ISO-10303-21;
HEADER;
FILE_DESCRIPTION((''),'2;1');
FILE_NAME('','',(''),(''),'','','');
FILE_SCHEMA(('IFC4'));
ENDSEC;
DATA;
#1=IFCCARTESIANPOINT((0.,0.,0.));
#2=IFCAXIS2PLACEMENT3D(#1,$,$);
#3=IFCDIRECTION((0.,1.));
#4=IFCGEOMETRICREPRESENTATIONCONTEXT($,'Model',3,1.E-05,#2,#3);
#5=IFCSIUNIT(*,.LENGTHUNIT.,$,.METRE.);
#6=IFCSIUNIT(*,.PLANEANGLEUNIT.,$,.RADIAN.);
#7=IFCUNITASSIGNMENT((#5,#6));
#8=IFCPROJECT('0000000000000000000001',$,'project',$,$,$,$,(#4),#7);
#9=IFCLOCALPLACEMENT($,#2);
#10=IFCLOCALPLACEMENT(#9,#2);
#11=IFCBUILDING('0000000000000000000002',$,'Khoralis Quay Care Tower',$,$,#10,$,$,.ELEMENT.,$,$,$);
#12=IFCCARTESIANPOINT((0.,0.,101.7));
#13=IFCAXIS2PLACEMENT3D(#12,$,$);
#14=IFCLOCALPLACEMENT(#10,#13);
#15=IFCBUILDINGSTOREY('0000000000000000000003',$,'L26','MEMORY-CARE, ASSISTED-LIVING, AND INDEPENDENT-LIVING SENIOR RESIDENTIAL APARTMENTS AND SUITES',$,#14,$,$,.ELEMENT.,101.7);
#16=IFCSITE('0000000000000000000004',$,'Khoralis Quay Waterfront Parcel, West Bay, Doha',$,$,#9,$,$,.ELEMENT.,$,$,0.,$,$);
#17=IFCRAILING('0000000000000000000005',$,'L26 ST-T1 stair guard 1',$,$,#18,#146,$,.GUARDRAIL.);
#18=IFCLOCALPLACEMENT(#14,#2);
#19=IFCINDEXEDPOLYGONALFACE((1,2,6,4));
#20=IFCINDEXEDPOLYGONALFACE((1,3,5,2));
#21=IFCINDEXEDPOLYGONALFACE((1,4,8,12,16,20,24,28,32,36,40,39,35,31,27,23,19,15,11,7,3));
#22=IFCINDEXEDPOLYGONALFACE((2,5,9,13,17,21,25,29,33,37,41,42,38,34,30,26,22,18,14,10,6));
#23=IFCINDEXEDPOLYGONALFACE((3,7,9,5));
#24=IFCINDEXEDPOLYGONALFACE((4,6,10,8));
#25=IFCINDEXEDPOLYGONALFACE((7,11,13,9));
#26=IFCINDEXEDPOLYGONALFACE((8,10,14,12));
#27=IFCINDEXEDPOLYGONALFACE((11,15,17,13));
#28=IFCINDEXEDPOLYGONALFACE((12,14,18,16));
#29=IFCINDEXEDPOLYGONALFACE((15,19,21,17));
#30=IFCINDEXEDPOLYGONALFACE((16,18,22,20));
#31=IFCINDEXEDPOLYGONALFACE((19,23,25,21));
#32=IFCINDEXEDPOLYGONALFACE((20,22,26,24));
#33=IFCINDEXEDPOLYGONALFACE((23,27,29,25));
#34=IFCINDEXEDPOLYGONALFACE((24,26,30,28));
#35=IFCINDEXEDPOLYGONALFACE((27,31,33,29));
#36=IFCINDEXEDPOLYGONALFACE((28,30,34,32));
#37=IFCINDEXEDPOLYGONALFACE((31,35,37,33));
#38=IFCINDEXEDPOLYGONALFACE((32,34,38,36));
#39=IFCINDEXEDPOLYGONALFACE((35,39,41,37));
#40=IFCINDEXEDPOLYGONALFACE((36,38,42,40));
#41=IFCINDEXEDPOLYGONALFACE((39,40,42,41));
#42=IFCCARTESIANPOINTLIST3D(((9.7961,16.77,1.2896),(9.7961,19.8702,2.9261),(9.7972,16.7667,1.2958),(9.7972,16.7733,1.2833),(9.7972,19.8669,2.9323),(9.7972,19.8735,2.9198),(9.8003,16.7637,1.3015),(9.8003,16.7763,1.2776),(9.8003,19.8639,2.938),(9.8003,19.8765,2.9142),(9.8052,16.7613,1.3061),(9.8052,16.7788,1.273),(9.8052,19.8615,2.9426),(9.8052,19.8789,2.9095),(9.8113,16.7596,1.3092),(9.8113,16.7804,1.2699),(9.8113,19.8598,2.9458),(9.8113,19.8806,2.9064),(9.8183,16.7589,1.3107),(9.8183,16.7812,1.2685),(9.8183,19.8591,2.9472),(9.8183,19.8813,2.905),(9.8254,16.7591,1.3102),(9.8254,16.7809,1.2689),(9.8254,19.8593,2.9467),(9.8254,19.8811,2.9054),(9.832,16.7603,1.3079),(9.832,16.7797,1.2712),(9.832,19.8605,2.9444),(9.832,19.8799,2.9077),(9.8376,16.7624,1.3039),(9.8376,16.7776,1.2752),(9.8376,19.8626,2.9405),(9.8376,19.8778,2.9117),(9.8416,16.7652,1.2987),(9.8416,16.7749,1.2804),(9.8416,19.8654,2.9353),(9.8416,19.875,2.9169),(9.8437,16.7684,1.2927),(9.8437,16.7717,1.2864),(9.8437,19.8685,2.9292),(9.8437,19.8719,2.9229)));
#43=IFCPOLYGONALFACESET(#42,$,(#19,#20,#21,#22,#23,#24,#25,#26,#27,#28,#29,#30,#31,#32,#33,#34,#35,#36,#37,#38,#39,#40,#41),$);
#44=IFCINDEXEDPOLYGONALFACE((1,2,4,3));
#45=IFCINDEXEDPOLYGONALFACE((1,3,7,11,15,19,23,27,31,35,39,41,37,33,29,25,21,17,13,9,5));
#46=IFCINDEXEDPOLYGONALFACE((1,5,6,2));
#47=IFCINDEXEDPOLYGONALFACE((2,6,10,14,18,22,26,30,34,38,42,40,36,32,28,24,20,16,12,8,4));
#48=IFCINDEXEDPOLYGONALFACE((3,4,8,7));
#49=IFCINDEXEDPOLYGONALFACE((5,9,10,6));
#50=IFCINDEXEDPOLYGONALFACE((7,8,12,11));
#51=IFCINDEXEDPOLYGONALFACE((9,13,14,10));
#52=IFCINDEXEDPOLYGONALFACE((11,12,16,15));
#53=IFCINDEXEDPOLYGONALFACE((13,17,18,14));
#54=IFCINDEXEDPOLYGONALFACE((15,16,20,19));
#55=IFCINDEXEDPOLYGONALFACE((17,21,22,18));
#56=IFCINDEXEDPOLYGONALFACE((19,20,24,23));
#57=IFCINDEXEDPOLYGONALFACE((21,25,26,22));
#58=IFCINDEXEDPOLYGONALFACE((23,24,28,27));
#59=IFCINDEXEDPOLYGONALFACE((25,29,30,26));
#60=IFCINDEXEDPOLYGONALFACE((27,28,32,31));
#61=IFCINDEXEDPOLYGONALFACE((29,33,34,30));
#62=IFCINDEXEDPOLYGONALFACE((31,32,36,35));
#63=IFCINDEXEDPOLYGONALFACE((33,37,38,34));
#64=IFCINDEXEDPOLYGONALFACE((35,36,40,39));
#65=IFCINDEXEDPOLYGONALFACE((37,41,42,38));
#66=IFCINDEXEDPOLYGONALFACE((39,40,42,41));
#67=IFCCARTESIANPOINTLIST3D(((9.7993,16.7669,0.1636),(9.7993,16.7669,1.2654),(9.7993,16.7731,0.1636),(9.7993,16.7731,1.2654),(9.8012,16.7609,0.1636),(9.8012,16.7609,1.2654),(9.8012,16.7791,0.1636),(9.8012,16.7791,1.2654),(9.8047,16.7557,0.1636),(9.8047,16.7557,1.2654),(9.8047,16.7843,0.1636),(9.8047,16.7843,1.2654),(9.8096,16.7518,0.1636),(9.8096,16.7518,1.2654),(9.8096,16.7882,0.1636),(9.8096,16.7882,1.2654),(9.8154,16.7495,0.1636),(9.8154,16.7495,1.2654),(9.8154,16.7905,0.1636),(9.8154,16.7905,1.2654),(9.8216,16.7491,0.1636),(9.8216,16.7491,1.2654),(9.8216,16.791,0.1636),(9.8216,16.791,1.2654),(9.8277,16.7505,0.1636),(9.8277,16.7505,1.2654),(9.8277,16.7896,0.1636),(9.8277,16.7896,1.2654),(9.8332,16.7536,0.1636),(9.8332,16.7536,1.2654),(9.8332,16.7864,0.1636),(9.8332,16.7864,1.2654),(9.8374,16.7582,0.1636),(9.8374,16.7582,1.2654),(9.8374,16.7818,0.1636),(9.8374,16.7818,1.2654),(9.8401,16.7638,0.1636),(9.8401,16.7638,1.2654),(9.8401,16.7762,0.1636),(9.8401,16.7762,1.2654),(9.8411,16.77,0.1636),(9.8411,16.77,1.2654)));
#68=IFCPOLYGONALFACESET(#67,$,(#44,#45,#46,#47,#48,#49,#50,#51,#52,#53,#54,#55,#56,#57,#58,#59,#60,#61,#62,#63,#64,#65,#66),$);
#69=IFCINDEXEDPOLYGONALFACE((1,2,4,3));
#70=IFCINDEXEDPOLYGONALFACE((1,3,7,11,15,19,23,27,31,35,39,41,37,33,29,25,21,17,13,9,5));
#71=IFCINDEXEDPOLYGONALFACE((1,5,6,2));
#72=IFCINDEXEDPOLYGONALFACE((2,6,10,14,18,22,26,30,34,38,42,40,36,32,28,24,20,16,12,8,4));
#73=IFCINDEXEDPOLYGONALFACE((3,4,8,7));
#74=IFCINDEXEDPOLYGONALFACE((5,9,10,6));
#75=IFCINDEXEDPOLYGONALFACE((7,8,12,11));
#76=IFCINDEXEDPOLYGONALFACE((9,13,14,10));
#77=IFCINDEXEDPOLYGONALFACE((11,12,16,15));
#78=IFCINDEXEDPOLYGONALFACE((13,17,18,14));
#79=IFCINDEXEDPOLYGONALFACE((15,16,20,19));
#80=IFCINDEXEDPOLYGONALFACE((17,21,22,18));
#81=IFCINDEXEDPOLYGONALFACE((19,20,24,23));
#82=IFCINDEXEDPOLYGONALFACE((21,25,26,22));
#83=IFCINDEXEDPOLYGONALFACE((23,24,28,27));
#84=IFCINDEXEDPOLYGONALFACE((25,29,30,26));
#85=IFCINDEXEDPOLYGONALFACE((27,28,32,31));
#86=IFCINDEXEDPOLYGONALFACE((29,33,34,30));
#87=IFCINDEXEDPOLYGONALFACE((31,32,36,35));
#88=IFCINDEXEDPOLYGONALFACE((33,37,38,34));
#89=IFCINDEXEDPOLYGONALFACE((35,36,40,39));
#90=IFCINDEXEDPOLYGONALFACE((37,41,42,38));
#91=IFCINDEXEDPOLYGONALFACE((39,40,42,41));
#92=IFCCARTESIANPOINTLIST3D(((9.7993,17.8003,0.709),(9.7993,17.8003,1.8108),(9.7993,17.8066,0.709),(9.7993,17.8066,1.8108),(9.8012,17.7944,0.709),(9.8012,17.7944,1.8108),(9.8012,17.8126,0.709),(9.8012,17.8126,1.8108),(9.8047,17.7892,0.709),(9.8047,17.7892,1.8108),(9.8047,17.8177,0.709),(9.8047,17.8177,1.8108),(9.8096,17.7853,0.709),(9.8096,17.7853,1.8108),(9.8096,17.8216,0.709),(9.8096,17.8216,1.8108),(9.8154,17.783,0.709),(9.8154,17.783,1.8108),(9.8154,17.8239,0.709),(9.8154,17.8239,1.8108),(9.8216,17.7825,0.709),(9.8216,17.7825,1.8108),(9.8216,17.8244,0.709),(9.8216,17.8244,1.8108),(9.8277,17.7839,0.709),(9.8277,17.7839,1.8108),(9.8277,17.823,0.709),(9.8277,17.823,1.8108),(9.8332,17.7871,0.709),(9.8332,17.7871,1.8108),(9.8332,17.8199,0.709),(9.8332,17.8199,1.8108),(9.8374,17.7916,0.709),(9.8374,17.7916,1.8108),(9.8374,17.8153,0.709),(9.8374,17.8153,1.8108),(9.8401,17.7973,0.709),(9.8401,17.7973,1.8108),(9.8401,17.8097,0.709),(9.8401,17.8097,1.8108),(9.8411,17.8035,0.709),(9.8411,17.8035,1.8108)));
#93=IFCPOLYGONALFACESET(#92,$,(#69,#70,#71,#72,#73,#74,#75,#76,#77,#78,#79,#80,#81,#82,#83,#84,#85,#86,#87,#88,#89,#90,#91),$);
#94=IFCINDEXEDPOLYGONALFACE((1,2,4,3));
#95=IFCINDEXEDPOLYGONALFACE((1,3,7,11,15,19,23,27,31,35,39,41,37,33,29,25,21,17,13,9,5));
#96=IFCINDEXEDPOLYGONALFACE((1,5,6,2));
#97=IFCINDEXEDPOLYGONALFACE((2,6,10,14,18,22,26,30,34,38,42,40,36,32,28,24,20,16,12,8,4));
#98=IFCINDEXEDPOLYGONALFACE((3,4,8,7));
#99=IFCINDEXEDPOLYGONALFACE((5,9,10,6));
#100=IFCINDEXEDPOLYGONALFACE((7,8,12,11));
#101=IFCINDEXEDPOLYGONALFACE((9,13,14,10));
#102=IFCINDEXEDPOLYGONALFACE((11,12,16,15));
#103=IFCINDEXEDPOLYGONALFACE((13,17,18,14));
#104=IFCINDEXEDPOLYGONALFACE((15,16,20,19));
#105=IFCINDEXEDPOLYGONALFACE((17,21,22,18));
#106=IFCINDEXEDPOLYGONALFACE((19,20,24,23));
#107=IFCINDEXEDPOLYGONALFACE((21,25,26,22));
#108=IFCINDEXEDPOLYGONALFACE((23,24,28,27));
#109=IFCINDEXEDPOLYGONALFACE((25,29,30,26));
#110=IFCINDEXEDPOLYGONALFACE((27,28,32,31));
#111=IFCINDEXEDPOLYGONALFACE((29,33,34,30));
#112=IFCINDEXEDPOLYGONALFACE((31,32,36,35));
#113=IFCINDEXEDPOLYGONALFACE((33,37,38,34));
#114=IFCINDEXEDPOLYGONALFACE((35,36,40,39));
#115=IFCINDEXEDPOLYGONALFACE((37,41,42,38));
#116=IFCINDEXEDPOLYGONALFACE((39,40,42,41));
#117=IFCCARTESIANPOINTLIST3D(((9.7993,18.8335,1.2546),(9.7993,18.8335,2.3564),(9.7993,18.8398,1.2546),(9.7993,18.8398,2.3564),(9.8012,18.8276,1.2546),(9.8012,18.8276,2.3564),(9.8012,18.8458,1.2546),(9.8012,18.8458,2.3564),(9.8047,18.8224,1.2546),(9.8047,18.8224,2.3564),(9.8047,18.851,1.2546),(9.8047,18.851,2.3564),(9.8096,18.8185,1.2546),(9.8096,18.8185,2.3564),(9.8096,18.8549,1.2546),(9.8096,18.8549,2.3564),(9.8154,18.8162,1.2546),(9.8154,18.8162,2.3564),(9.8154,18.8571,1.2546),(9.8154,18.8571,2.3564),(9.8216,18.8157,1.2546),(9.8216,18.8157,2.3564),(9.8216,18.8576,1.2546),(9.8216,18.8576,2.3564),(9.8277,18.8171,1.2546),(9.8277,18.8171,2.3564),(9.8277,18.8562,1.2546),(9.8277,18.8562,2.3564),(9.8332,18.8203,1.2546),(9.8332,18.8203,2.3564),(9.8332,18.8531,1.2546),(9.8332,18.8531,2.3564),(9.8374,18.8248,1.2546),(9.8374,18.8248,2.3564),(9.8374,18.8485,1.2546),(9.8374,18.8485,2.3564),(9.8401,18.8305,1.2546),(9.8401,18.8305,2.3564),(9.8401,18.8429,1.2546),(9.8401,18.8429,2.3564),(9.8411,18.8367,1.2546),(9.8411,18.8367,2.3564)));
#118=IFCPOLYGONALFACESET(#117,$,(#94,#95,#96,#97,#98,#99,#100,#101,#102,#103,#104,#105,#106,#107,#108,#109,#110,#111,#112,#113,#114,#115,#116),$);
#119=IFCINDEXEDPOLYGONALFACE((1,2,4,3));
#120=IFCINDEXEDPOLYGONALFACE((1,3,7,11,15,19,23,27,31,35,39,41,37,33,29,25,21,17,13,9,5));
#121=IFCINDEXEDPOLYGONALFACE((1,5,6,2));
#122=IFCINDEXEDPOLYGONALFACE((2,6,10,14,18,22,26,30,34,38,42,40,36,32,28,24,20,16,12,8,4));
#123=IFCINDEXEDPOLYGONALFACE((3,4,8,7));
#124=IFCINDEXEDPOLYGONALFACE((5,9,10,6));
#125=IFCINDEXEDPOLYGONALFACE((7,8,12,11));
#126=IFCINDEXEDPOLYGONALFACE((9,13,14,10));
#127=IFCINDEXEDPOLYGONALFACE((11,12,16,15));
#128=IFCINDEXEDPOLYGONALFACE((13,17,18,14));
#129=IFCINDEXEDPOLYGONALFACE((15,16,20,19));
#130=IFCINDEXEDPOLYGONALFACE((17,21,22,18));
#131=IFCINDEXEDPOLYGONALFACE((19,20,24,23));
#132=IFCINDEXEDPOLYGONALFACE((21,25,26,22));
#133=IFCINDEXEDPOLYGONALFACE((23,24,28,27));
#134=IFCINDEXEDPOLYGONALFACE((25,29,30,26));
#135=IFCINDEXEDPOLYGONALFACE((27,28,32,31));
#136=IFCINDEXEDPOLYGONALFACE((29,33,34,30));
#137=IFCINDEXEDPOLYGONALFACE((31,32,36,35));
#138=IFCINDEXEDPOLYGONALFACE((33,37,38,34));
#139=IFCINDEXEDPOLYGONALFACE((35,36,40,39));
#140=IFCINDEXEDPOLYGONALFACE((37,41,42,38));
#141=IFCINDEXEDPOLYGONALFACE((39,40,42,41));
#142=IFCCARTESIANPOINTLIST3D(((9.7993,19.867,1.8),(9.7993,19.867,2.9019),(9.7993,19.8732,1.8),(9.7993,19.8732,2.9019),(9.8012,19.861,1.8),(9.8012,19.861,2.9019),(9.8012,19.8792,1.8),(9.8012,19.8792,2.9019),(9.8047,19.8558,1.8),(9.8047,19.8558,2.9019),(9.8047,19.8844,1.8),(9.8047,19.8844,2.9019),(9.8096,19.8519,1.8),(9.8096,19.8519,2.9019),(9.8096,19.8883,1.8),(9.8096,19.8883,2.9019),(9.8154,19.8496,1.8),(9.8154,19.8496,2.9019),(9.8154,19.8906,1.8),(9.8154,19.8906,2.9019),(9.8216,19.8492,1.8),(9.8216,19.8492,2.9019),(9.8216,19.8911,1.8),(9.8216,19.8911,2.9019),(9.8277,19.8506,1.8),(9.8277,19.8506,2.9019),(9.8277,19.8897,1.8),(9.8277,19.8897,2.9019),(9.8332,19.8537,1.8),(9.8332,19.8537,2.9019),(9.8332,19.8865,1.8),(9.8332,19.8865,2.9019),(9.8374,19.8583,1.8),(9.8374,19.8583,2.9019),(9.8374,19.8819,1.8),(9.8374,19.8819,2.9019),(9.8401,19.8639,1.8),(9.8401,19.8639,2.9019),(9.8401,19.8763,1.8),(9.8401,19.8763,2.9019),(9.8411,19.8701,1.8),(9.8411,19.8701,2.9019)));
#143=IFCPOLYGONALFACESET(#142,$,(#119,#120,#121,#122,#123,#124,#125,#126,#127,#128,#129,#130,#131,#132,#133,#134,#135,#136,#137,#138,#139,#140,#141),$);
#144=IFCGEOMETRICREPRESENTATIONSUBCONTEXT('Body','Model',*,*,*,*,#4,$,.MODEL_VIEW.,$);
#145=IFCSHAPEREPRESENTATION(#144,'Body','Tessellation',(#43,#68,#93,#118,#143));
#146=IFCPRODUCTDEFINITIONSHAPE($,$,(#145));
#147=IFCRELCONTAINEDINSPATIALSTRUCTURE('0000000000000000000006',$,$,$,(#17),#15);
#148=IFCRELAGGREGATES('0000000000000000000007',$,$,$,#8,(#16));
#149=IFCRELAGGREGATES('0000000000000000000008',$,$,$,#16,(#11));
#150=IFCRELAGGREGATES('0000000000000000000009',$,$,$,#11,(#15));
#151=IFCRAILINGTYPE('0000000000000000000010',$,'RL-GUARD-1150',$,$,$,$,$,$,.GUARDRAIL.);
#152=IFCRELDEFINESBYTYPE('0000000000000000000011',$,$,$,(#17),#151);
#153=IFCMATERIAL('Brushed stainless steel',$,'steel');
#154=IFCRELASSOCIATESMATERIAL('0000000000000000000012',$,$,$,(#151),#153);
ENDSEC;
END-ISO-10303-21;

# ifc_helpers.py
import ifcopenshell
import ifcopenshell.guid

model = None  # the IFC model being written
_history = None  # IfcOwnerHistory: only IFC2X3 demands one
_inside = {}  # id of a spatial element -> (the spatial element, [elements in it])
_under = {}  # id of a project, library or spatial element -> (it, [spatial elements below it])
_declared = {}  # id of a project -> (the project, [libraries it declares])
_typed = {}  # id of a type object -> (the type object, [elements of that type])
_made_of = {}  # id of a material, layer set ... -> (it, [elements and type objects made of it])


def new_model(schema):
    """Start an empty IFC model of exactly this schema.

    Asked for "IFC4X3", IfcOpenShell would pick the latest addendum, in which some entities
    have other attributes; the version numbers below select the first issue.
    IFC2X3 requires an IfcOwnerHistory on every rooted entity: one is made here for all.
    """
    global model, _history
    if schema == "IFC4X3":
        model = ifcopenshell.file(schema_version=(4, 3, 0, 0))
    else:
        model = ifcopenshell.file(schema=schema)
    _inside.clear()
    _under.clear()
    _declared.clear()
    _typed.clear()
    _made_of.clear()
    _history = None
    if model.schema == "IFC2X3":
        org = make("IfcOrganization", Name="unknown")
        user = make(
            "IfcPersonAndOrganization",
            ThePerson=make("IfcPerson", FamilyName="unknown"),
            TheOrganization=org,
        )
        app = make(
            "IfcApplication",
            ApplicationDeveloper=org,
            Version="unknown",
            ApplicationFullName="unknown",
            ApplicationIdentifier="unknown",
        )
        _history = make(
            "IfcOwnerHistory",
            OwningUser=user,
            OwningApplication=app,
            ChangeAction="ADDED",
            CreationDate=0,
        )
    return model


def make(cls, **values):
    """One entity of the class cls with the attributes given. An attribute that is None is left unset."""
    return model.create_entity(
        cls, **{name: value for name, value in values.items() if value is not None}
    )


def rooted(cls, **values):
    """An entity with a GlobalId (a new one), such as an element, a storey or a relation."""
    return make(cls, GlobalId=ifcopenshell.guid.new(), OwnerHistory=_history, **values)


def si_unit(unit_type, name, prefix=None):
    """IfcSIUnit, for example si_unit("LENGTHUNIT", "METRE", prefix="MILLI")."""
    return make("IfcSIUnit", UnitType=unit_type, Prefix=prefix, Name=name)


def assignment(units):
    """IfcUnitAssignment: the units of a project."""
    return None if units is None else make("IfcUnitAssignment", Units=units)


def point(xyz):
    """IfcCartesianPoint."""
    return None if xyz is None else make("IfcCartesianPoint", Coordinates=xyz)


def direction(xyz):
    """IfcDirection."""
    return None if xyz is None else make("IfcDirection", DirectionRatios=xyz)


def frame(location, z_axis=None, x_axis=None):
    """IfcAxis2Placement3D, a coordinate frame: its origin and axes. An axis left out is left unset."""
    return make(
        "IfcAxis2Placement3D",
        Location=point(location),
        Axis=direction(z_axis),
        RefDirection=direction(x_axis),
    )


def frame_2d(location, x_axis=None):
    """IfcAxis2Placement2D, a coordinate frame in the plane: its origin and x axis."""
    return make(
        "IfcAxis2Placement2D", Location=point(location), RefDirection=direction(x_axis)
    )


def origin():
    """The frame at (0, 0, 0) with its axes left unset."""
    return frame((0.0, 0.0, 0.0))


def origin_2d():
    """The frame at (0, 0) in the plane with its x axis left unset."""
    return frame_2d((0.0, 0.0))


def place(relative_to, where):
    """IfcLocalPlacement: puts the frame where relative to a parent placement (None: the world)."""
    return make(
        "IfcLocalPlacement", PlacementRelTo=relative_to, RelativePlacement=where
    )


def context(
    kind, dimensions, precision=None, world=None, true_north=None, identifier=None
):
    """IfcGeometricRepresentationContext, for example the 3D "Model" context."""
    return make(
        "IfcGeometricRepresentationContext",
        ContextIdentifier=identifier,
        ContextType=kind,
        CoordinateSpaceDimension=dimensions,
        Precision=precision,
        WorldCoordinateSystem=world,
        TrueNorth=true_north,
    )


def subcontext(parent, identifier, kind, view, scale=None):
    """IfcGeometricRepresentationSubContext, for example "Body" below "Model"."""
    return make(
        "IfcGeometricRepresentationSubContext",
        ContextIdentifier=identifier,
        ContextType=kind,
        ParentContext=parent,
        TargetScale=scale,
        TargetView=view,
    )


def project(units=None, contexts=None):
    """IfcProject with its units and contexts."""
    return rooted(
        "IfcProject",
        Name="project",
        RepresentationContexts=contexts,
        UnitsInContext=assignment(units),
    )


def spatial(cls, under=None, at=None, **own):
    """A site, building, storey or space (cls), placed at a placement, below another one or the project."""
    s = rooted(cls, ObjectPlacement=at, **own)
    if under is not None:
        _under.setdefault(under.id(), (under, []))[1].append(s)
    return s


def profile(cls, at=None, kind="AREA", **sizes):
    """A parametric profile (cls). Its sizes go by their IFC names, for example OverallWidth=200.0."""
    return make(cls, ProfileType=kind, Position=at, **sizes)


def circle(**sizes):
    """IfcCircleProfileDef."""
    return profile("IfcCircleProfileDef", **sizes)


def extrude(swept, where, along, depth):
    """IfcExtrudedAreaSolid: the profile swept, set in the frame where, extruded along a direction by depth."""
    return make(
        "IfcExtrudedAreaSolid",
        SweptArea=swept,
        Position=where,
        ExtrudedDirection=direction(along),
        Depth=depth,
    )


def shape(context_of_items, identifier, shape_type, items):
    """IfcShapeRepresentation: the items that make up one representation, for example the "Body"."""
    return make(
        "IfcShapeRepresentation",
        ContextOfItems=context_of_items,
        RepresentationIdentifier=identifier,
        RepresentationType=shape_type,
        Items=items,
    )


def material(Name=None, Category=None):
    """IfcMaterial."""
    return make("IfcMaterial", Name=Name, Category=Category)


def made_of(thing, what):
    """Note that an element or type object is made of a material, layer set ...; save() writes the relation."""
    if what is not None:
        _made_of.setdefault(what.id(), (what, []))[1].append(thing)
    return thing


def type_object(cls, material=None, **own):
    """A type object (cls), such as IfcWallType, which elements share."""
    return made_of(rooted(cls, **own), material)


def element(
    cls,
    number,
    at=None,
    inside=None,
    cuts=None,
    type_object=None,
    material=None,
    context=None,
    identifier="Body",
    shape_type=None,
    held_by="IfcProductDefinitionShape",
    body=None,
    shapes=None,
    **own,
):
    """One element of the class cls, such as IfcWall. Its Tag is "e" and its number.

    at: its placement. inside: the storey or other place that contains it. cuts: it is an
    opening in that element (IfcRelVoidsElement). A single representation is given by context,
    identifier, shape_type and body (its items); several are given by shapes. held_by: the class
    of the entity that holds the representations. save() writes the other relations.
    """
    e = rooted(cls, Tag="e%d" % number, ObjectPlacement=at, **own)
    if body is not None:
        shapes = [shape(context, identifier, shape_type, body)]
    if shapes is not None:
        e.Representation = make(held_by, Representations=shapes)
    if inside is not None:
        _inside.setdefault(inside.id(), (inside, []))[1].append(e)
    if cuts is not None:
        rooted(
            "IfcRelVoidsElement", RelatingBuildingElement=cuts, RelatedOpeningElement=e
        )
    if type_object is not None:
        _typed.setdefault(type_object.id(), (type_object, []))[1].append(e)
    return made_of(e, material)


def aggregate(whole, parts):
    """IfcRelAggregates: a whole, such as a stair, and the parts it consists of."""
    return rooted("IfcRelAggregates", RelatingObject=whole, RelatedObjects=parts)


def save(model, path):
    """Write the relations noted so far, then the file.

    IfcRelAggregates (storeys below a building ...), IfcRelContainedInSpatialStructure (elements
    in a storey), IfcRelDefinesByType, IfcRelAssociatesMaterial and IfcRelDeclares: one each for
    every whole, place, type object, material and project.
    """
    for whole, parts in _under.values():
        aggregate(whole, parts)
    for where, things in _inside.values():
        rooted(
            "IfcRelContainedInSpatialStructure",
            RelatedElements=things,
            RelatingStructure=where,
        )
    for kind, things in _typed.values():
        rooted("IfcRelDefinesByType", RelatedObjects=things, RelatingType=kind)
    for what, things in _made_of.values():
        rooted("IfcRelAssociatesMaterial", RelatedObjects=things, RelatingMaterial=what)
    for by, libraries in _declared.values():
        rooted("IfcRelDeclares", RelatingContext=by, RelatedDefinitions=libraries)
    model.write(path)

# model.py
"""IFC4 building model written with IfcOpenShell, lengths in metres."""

from ifc_helpers import new_model, si_unit, direction, frame, origin, origin_2d, place, context, subcontext, project, spatial, circle, extrude, material, type_object, element, save


model = new_model("IFC4")

# Units and contexts
model_context = context("Model", 3, precision=1e-05, world=origin(), true_north=direction((0.0, 1.0)))
body_context = subcontext(model_context, "Body", "Model", "MODEL_VIEW")
ifc_project = project(units=[si_unit("LENGTHUNIT", "METRE"), si_unit("PLANEANGLEUNIT", "RADIAN")], contexts=[model_context])

# Site, building, storey
site_placement = place(None, origin())
site = spatial("IfcSite", under=ifc_project, at=site_placement, Name="Khoralis Quay Waterfront Parcel, West Bay, Doha", CompositionType="ELEMENT", RefElevation=0.0)
building_placement = place(site_placement, origin())
building = spatial("IfcBuilding", under=site, at=building_placement, Name="Khoralis Quay Care Tower", CompositionType="ELEMENT")
storey_placement = place(building_placement, frame((0.0, 0.0, 101.7)))
storey = spatial("IfcBuildingStorey", under=building, at=storey_placement, Name="L26", Description="MEMORY-CARE, ASSISTED-LIVING, AND INDEPENDENT-LIVING SENIOR RESIDENTIAL APARTMENTS AND SUITES", CompositionType="ELEMENT", Elevation=101.7)

# Shared definitions
ifc_material_1 = material(Name="Brushed stainless steel", Category="steel")

# Railing
railing_type_1 = type_object("IfcRailingType", Name="RL-GUARD-1150", PredefinedType="GUARDRAIL", material=ifc_material_1)
railing_1_placement = place(storey_placement, frame((9.8201, 16.77, 0.1636)))
element("IfcRailing", 1, at=railing_1_placement, inside=storey, type_object=railing_type_1, Name="L26 ST-T1 stair guard 1", PredefinedType="GUARDRAIL", context=body_context, shape_type="SweptSolid", body=[
    extrude(circle(Radius=0.0239, at=origin_2d()), frame((0.0, 0.0, 1.126), z_axis=(0.0, 0.884348, 0.466828), x_axis=(-1.0, 0.0, 0.0)), (0.0, 0.0, 1.0), 3.5056),
    extrude(circle(Radius=0.021, at=origin_2d()), origin(), (0.0, 0.0, 1.0), 1.1018),
    extrude(circle(Radius=0.021, at=origin_2d()), frame((0.0, 1.0334, 0.5454)), (0.0, 0.0, 1.0), 1.1018),
    extrude(circle(Radius=0.021, at=origin_2d()), frame((0.0, 2.0667, 1.0911)), (0.0, 0.0, 1.0), 1.1018),
    extrude(circle(Radius=0.021, at=origin_2d()), frame((0.0, 3.1001, 1.6365)), (0.0, 0.0, 1.0), 1.1018),
])

save(model, "model.ifc")
